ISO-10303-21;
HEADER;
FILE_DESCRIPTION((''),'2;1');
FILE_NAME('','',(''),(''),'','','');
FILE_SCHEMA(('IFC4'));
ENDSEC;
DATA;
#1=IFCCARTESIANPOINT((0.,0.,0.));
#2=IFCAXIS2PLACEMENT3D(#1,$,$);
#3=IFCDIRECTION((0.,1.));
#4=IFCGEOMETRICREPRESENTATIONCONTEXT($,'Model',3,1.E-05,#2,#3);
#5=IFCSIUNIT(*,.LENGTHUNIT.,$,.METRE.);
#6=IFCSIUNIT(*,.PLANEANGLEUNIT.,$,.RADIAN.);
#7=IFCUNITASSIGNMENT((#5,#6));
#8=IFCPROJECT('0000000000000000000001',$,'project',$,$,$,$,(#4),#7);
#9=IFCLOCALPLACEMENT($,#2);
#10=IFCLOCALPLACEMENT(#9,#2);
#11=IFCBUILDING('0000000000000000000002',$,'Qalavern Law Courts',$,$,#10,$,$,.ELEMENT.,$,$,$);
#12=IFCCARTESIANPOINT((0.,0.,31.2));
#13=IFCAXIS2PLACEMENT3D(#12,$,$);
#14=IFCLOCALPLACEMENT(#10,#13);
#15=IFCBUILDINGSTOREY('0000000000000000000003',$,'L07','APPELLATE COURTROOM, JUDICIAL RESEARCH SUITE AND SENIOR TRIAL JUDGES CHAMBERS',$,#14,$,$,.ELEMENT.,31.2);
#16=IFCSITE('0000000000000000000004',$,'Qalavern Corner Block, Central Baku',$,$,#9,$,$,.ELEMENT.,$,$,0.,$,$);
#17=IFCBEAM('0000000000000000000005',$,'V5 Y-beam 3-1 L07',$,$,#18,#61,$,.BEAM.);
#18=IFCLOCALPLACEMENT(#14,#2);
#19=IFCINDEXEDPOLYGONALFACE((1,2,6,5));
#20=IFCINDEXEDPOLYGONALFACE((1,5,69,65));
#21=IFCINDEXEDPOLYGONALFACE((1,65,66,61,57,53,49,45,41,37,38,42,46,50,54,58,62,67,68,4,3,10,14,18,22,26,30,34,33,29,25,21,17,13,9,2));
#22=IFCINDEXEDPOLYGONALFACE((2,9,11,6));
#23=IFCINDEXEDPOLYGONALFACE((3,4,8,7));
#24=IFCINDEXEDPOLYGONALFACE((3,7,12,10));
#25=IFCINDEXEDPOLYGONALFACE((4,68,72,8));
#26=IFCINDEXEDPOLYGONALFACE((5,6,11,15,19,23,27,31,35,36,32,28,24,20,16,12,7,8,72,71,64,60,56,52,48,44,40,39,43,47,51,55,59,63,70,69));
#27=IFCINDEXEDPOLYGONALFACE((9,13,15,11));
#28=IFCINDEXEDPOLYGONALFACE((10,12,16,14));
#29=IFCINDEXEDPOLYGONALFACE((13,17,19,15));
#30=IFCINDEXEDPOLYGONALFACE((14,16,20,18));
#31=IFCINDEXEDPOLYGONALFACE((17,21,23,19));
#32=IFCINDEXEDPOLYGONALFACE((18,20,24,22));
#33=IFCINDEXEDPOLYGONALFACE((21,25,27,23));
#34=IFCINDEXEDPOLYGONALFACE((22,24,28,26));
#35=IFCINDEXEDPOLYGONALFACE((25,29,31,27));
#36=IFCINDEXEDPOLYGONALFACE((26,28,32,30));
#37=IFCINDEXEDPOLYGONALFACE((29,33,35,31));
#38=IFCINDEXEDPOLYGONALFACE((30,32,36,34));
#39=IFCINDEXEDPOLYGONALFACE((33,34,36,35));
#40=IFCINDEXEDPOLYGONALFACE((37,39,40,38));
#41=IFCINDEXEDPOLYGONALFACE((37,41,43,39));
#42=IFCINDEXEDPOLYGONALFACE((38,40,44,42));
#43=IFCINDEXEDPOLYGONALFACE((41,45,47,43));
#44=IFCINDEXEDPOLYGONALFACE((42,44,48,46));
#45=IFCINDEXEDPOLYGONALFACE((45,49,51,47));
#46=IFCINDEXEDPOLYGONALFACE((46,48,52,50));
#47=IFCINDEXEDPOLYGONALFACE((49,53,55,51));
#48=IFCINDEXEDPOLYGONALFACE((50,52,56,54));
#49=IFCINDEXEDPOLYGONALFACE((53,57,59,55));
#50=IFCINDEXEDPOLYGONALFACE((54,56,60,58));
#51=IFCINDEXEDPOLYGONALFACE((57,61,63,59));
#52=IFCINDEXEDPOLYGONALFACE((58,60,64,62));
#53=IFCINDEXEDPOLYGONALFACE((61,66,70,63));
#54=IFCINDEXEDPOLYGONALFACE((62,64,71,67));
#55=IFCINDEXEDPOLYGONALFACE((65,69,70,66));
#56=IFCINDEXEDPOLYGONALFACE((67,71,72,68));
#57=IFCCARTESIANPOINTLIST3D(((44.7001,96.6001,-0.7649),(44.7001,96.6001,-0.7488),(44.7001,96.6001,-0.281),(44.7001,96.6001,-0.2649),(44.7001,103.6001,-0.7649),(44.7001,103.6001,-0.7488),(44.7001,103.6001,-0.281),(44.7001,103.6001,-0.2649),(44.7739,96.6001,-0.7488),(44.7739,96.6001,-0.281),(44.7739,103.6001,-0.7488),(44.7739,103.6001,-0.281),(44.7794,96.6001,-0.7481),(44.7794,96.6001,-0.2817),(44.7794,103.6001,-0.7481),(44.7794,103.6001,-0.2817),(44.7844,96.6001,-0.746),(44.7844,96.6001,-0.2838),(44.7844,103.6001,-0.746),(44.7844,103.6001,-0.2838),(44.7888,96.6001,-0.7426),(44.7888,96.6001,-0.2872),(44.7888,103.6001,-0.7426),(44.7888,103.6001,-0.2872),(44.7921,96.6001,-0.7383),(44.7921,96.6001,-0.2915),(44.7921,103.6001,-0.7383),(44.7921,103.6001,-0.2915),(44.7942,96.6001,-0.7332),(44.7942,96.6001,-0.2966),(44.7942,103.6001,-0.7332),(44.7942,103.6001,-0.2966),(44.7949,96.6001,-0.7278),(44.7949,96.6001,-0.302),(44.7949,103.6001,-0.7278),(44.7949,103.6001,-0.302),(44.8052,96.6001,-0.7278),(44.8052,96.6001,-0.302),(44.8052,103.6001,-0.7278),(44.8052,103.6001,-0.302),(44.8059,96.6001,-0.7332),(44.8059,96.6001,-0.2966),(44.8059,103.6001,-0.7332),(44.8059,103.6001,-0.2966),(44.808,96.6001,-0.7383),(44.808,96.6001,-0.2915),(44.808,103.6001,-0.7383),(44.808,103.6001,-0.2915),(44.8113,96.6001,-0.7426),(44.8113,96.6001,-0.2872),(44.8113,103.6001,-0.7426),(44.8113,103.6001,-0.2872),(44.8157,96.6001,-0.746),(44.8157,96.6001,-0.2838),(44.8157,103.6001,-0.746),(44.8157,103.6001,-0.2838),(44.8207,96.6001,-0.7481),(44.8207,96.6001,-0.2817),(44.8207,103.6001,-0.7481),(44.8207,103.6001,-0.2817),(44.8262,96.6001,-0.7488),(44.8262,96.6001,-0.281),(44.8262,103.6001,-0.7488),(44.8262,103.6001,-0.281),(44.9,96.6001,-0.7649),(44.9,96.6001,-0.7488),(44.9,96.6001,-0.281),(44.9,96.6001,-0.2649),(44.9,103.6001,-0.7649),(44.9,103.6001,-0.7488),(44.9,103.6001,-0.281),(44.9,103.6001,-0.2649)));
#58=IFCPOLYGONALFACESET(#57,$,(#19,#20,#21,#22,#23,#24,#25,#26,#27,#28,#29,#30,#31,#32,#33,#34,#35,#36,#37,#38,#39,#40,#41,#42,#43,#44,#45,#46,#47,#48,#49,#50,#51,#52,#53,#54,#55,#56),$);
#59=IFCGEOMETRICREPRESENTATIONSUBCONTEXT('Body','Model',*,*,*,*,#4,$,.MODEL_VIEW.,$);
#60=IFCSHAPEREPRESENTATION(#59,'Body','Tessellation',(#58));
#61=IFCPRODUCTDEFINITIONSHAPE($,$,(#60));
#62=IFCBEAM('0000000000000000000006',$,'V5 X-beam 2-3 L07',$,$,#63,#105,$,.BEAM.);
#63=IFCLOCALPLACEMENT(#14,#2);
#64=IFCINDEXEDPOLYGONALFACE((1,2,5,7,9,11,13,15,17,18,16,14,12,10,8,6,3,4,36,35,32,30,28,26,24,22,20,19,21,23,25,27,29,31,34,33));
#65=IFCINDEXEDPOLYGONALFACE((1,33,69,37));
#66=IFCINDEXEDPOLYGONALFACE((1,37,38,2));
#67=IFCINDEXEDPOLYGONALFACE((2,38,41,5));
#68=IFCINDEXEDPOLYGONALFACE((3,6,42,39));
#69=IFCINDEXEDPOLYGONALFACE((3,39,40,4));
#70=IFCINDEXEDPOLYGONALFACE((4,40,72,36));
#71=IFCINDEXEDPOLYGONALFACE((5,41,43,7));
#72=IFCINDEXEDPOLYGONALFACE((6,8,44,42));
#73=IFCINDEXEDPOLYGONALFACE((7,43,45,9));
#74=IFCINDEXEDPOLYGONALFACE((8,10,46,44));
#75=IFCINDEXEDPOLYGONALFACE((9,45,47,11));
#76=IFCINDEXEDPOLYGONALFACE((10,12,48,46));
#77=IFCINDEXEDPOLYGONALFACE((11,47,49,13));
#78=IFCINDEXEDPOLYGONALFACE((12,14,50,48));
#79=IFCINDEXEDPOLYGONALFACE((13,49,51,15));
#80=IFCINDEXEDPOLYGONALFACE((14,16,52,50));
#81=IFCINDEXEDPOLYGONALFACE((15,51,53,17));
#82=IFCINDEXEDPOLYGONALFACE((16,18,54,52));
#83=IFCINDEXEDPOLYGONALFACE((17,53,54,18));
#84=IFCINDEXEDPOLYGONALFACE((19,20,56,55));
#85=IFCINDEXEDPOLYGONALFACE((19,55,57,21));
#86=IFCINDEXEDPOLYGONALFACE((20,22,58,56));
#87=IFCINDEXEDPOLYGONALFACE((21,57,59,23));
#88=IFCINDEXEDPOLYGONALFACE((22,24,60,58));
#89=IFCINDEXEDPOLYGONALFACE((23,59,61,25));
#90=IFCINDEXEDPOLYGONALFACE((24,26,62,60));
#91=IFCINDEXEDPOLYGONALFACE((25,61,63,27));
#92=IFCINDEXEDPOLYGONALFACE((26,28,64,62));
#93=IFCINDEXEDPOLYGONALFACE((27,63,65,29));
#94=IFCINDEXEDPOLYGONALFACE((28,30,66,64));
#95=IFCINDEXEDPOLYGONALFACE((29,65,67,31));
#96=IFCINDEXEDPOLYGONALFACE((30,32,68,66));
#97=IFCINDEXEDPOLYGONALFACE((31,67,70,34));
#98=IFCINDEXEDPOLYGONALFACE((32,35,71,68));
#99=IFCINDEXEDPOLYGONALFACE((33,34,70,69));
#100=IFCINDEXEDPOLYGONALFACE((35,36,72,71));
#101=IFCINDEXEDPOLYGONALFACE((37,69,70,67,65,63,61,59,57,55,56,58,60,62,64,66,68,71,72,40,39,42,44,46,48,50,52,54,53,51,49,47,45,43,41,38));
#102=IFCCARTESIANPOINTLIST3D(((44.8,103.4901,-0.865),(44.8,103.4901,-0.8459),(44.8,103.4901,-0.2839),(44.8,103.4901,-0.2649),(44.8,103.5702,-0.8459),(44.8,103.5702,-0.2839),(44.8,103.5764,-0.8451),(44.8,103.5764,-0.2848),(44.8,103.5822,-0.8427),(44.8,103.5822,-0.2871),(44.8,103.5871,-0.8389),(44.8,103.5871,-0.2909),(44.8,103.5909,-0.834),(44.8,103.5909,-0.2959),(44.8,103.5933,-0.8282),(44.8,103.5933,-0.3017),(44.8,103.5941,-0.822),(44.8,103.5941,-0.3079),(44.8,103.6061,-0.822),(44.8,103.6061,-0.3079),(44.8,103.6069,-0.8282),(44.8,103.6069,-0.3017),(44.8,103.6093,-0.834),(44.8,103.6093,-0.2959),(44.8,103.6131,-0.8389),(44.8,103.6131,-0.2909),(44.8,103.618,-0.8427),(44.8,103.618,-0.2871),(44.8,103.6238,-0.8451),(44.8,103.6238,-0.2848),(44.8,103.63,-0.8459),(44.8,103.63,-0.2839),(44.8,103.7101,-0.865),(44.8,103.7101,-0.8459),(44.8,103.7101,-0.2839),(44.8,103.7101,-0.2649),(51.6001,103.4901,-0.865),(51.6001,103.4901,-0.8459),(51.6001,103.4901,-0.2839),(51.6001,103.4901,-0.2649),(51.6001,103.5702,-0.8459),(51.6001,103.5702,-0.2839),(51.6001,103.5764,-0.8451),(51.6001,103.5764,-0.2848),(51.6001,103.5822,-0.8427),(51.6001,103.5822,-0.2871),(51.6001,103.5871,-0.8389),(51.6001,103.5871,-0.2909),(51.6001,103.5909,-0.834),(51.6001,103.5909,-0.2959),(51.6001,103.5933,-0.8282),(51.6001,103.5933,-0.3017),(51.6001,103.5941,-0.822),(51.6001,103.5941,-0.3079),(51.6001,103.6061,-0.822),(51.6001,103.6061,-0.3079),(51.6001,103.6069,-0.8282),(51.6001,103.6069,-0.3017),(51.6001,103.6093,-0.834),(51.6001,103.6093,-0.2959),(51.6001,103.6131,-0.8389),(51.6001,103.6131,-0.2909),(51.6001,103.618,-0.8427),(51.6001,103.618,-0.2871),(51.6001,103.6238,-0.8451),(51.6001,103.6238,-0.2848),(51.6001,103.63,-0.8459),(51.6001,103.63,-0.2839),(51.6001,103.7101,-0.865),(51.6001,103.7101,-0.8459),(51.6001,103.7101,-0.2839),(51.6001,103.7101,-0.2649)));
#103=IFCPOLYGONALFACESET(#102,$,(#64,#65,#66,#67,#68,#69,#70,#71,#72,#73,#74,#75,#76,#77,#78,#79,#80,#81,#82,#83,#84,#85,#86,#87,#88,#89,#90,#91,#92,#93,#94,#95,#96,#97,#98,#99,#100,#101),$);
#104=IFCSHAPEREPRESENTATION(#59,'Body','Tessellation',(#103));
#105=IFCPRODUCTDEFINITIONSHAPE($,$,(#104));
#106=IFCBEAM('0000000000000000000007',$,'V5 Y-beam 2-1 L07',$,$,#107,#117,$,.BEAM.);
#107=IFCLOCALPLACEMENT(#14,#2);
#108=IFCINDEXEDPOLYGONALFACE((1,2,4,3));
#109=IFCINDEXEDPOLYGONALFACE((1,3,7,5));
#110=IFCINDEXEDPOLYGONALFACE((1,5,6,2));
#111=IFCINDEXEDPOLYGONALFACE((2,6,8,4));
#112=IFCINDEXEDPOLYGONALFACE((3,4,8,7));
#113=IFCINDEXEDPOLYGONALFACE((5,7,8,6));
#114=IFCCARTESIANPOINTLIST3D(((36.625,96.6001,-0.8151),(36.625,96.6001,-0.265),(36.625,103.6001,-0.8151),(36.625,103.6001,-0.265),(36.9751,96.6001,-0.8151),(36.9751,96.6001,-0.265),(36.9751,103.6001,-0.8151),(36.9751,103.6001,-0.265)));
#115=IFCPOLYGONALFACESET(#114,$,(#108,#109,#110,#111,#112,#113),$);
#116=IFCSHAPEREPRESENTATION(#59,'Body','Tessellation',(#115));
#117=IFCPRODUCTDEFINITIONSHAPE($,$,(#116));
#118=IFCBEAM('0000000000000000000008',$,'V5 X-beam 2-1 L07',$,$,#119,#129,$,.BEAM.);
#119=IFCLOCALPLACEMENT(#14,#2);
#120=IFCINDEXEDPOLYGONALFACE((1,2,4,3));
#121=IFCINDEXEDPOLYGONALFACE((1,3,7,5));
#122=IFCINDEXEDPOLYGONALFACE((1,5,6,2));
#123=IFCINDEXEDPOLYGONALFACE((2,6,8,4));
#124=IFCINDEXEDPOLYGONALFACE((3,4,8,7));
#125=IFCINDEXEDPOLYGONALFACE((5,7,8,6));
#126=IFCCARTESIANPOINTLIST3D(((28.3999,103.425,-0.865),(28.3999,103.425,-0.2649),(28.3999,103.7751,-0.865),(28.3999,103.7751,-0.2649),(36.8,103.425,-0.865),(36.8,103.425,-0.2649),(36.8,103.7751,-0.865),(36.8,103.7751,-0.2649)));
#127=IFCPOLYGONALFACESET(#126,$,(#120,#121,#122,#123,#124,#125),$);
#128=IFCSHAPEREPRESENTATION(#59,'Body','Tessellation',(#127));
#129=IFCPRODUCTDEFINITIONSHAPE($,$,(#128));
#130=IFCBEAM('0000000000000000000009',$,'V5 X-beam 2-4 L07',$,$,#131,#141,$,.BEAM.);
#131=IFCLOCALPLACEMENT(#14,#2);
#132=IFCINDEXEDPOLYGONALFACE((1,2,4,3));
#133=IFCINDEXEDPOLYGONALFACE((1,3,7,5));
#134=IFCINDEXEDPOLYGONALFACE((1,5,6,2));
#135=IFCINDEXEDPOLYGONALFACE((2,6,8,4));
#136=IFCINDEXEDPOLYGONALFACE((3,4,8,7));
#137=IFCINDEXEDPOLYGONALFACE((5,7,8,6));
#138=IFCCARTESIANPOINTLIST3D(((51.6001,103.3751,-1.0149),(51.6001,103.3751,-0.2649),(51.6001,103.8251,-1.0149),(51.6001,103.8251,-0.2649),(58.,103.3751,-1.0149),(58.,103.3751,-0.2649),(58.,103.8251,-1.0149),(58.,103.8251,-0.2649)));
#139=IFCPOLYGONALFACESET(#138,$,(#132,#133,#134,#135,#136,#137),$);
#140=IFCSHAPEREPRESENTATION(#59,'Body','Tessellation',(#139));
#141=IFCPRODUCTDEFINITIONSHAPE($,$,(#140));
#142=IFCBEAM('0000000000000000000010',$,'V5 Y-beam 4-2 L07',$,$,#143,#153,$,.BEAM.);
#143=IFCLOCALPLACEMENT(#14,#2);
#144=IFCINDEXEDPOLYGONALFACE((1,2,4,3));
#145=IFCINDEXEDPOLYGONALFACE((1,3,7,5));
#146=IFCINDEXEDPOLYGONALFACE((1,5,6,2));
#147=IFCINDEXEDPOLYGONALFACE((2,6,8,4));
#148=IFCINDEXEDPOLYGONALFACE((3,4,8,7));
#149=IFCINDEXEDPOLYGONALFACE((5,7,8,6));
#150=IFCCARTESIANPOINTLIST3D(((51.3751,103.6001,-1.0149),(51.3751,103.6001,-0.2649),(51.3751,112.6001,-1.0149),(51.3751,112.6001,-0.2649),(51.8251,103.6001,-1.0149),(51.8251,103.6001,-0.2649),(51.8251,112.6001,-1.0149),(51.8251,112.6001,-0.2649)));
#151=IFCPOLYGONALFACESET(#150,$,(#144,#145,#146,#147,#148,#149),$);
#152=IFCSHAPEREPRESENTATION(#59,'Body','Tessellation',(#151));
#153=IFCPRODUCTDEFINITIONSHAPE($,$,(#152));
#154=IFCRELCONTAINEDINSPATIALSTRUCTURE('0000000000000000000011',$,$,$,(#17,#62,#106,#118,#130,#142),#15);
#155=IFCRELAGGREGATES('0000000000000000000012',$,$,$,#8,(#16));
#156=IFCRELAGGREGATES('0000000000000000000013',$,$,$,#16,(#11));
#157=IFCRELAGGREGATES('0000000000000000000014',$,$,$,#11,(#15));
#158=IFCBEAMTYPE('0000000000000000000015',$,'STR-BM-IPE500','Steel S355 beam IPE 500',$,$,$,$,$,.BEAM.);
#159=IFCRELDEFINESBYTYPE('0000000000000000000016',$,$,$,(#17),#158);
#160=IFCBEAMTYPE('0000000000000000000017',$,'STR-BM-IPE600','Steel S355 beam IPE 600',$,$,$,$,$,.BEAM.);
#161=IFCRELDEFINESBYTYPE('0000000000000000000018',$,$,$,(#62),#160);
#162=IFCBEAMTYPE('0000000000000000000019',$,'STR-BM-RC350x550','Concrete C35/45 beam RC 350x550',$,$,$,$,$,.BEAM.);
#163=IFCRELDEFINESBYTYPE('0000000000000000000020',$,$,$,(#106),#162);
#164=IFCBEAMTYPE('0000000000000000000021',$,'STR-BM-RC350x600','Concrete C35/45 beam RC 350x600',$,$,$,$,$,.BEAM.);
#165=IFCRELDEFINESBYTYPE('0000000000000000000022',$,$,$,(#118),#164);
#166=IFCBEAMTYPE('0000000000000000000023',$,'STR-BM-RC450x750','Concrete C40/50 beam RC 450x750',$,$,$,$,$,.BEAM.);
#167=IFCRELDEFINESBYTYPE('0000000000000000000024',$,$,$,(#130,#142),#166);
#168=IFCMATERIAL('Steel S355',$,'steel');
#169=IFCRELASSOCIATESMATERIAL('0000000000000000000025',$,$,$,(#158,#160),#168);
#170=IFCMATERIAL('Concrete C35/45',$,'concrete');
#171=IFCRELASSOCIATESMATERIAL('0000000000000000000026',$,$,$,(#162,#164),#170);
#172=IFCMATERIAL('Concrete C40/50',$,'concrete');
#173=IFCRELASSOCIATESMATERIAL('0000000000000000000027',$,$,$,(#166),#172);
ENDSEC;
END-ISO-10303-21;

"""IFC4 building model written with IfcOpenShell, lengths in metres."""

from ifc_helpers import new_model, si_unit, direction, frame, origin, origin_2d, place, context, subcontext, project, spatial, rectangle, i_section, extrude, material, material_profile, profile_set, type_object, element, save


model = new_model("IFC4")

# Units and contexts
model_context = context("Model", 3, precision=1e-05, world=origin(), true_north=direction((0.0, 1.0)))
body_context = subcontext(model_context, "Body", "Model", "MODEL_VIEW")
ifc_project = project(units=[si_unit("LENGTHUNIT", "METRE"), si_unit("PLANEANGLEUNIT", "RADIAN")], contexts=[model_context])

# Site, building, storey
site_placement = place(None, origin())
site = spatial("IfcSite", under=ifc_project, at=site_placement, Name="Qalavern Corner Block, Central Baku", CompositionType="ELEMENT", RefElevation=0.0)
building_placement = place(site_placement, origin())
building = spatial("IfcBuilding", under=site, at=building_placement, Name="Qalavern Law Courts", CompositionType="ELEMENT")
storey_placement = place(building_placement, frame((0.0, 0.0, 31.2)))
storey = spatial("IfcBuildingStorey", under=building, at=storey_placement, Name="L07", Description="APPELLATE COURTROOM, JUDICIAL RESEARCH SUITE AND SENIOR TRIAL JUDGES CHAMBERS", CompositionType="ELEMENT", Elevation=31.2)

# Beams
ifc_material_1 = material(Name="Steel S355", Category="steel")
ifc_material_profile_1 = material_profile(ifc_material_1, i_section(OverallWidth=0.2, OverallDepth=0.5, WebThickness=0.0103, FlangeThickness=0.0161, FilletRadius=0.021, at=origin_2d()), Name="IPE 500")
ifc_profile_set_1 = profile_set([ifc_material_profile_1], Name="Steel S355")
beam_type_1 = type_object("IfcBeamType", Name="STR-BM-IPE500", Description="Steel S355 beam IPE 500", PredefinedType="BEAM", material=ifc_profile_set_1)
beam_1_placement = place(storey_placement, frame((44.8, 96.6001, -0.5149), z_axis=(0.0, 1.0, 0.0), x_axis=(-1.0, 0.0, 0.0)))
element("IfcBeam", 1, at=beam_1_placement, inside=storey, type_object=beam_type_1, Name="V5 Y-beam 3-1 L07", PredefinedType="BEAM", context=body_context, shape_type="SweptSolid", body=[
    extrude(i_section(OverallWidth=0.2, OverallDepth=0.5, WebThickness=0.0103, FlangeThickness=0.0161, FilletRadius=0.021, at=origin_2d()), origin(), (0.0, 0.0, 1.0), 7.0),
])
ifc_material_profile_2 = material_profile(ifc_material_1, i_section(OverallWidth=0.22, OverallDepth=0.6001, WebThickness=0.012, FlangeThickness=0.019, FilletRadius=0.0239, at=origin_2d()), Name="IPE 600")
ifc_profile_set_2 = profile_set([ifc_material_profile_2], Name="Steel S355")
beam_type_2 = type_object("IfcBeamType", Name="STR-BM-IPE600", Description="Steel S355 beam IPE 600", PredefinedType="BEAM", material=ifc_profile_set_2)
beam_2_placement = place(storey_placement, frame((44.8, 103.6001, -0.5649), z_axis=(1.0, 0.0, 0.0), x_axis=(0.0, 1.0, 0.0)))
element("IfcBeam", 2, at=beam_2_placement, inside=storey, type_object=beam_type_2, Name="V5 X-beam 2-3 L07", PredefinedType="BEAM", context=body_context, shape_type="SweptSolid", body=[
    extrude(i_section(OverallWidth=0.22, OverallDepth=0.6001, WebThickness=0.012, FlangeThickness=0.019, FilletRadius=0.0239, at=origin_2d()), origin(), (0.0, 0.0, 1.0), 6.8),
])
ifc_material_2 = material(Name="Concrete C35/45", Category="concrete")
ifc_material_profile_3 = material_profile(ifc_material_2, rectangle(XDim=0.3501, YDim=0.55, at=origin_2d()), Name="RC 350x550")
ifc_profile_set_3 = profile_set([ifc_material_profile_3], Name="Concrete C35/45")
beam_type_3 = type_object("IfcBeamType", Name="STR-BM-RC350x550", Description="Concrete C35/45 beam RC 350x550", PredefinedType="BEAM", material=ifc_profile_set_3)
beam_3_placement = place(storey_placement, frame((36.8, 96.6001, -0.54), z_axis=(0.0, 1.0, 0.0), x_axis=(-1.0, 0.0, 0.0)))
element("IfcBeam", 3, at=beam_3_placement, inside=storey, type_object=beam_type_3, Name="V5 Y-beam 2-1 L07", PredefinedType="BEAM", context=body_context, shape_type="SweptSolid", body=[
    extrude(rectangle(XDim=0.3501, YDim=0.55, at=origin_2d()), origin(), (0.0, 0.0, 1.0), 7.0),
])
ifc_material_profile_4 = material_profile(ifc_material_2, rectangle(XDim=0.3501, YDim=0.6001, at=origin_2d()), Name="RC 350x600")
ifc_profile_set_4 = profile_set([ifc_material_profile_4], Name="Concrete C35/45")
beam_type_4 = type_object("IfcBeamType", Name="STR-BM-RC350x600", Description="Concrete C35/45 beam RC 350x600", PredefinedType="BEAM", material=ifc_profile_set_4)
beam_4_placement = place(storey_placement, frame((28.3999, 103.6001, -0.5649), z_axis=(1.0, 0.0, 0.0), x_axis=(0.0, 1.0, 0.0)))
element("IfcBeam", 4, at=beam_4_placement, inside=storey, type_object=beam_type_4, Name="V5 X-beam 2-1 L07", PredefinedType="BEAM", context=body_context, shape_type="SweptSolid", body=[
    extrude(rectangle(XDim=0.3501, YDim=0.6001, at=origin_2d()), origin(), (0.0, 0.0, 1.0), 8.4001),
])
ifc_material_3 = material(Name="Concrete C40/50", Category="concrete")
ifc_material_profile_5 = material_profile(ifc_material_3, rectangle(XDim=0.45, YDim=0.75, at=origin_2d()), Name="RC 450x750")
ifc_profile_set_5 = profile_set([ifc_material_profile_5], Name="Concrete C40/50")
beam_type_5 = type_object("IfcBeamType", Name="STR-BM-RC450x750", Description="Concrete C40/50 beam RC 450x750", PredefinedType="BEAM", material=ifc_profile_set_5)
beam_5_placement = place(storey_placement, frame((51.6001, 103.6001, -0.6399), z_axis=(1.0, 0.0, 0.0), x_axis=(0.0, 1.0, 0.0)))
element("IfcBeam", 5, at=beam_5_placement, inside=storey, type_object=beam_type_5, Name="V5 X-beam 2-4 L07", PredefinedType="BEAM", context=body_context, shape_type="SweptSolid", body=[
    extrude(rectangle(XDim=0.45, YDim=0.75, at=origin_2d()), origin(), (0.0, 0.0, 1.0), 6.3999),
])
beam_6_placement = place(storey_placement, frame((51.6001, 103.6001, -0.6399), z_axis=(0.0, 1.0, 0.0), x_axis=(-1.0, 0.0, 0.0)))
element("IfcBeam", 6, at=beam_6_placement, inside=storey, type_object=beam_type_5, Name="V5 Y-beam 4-2 L07", PredefinedType="BEAM", context=body_context, shape_type="SweptSolid", body=[
    extrude(rectangle(XDim=0.45, YDim=0.75, at=origin_2d()), origin(), (0.0, 0.0, 1.0), 9.0),
])

save(model, "model.ifc")
